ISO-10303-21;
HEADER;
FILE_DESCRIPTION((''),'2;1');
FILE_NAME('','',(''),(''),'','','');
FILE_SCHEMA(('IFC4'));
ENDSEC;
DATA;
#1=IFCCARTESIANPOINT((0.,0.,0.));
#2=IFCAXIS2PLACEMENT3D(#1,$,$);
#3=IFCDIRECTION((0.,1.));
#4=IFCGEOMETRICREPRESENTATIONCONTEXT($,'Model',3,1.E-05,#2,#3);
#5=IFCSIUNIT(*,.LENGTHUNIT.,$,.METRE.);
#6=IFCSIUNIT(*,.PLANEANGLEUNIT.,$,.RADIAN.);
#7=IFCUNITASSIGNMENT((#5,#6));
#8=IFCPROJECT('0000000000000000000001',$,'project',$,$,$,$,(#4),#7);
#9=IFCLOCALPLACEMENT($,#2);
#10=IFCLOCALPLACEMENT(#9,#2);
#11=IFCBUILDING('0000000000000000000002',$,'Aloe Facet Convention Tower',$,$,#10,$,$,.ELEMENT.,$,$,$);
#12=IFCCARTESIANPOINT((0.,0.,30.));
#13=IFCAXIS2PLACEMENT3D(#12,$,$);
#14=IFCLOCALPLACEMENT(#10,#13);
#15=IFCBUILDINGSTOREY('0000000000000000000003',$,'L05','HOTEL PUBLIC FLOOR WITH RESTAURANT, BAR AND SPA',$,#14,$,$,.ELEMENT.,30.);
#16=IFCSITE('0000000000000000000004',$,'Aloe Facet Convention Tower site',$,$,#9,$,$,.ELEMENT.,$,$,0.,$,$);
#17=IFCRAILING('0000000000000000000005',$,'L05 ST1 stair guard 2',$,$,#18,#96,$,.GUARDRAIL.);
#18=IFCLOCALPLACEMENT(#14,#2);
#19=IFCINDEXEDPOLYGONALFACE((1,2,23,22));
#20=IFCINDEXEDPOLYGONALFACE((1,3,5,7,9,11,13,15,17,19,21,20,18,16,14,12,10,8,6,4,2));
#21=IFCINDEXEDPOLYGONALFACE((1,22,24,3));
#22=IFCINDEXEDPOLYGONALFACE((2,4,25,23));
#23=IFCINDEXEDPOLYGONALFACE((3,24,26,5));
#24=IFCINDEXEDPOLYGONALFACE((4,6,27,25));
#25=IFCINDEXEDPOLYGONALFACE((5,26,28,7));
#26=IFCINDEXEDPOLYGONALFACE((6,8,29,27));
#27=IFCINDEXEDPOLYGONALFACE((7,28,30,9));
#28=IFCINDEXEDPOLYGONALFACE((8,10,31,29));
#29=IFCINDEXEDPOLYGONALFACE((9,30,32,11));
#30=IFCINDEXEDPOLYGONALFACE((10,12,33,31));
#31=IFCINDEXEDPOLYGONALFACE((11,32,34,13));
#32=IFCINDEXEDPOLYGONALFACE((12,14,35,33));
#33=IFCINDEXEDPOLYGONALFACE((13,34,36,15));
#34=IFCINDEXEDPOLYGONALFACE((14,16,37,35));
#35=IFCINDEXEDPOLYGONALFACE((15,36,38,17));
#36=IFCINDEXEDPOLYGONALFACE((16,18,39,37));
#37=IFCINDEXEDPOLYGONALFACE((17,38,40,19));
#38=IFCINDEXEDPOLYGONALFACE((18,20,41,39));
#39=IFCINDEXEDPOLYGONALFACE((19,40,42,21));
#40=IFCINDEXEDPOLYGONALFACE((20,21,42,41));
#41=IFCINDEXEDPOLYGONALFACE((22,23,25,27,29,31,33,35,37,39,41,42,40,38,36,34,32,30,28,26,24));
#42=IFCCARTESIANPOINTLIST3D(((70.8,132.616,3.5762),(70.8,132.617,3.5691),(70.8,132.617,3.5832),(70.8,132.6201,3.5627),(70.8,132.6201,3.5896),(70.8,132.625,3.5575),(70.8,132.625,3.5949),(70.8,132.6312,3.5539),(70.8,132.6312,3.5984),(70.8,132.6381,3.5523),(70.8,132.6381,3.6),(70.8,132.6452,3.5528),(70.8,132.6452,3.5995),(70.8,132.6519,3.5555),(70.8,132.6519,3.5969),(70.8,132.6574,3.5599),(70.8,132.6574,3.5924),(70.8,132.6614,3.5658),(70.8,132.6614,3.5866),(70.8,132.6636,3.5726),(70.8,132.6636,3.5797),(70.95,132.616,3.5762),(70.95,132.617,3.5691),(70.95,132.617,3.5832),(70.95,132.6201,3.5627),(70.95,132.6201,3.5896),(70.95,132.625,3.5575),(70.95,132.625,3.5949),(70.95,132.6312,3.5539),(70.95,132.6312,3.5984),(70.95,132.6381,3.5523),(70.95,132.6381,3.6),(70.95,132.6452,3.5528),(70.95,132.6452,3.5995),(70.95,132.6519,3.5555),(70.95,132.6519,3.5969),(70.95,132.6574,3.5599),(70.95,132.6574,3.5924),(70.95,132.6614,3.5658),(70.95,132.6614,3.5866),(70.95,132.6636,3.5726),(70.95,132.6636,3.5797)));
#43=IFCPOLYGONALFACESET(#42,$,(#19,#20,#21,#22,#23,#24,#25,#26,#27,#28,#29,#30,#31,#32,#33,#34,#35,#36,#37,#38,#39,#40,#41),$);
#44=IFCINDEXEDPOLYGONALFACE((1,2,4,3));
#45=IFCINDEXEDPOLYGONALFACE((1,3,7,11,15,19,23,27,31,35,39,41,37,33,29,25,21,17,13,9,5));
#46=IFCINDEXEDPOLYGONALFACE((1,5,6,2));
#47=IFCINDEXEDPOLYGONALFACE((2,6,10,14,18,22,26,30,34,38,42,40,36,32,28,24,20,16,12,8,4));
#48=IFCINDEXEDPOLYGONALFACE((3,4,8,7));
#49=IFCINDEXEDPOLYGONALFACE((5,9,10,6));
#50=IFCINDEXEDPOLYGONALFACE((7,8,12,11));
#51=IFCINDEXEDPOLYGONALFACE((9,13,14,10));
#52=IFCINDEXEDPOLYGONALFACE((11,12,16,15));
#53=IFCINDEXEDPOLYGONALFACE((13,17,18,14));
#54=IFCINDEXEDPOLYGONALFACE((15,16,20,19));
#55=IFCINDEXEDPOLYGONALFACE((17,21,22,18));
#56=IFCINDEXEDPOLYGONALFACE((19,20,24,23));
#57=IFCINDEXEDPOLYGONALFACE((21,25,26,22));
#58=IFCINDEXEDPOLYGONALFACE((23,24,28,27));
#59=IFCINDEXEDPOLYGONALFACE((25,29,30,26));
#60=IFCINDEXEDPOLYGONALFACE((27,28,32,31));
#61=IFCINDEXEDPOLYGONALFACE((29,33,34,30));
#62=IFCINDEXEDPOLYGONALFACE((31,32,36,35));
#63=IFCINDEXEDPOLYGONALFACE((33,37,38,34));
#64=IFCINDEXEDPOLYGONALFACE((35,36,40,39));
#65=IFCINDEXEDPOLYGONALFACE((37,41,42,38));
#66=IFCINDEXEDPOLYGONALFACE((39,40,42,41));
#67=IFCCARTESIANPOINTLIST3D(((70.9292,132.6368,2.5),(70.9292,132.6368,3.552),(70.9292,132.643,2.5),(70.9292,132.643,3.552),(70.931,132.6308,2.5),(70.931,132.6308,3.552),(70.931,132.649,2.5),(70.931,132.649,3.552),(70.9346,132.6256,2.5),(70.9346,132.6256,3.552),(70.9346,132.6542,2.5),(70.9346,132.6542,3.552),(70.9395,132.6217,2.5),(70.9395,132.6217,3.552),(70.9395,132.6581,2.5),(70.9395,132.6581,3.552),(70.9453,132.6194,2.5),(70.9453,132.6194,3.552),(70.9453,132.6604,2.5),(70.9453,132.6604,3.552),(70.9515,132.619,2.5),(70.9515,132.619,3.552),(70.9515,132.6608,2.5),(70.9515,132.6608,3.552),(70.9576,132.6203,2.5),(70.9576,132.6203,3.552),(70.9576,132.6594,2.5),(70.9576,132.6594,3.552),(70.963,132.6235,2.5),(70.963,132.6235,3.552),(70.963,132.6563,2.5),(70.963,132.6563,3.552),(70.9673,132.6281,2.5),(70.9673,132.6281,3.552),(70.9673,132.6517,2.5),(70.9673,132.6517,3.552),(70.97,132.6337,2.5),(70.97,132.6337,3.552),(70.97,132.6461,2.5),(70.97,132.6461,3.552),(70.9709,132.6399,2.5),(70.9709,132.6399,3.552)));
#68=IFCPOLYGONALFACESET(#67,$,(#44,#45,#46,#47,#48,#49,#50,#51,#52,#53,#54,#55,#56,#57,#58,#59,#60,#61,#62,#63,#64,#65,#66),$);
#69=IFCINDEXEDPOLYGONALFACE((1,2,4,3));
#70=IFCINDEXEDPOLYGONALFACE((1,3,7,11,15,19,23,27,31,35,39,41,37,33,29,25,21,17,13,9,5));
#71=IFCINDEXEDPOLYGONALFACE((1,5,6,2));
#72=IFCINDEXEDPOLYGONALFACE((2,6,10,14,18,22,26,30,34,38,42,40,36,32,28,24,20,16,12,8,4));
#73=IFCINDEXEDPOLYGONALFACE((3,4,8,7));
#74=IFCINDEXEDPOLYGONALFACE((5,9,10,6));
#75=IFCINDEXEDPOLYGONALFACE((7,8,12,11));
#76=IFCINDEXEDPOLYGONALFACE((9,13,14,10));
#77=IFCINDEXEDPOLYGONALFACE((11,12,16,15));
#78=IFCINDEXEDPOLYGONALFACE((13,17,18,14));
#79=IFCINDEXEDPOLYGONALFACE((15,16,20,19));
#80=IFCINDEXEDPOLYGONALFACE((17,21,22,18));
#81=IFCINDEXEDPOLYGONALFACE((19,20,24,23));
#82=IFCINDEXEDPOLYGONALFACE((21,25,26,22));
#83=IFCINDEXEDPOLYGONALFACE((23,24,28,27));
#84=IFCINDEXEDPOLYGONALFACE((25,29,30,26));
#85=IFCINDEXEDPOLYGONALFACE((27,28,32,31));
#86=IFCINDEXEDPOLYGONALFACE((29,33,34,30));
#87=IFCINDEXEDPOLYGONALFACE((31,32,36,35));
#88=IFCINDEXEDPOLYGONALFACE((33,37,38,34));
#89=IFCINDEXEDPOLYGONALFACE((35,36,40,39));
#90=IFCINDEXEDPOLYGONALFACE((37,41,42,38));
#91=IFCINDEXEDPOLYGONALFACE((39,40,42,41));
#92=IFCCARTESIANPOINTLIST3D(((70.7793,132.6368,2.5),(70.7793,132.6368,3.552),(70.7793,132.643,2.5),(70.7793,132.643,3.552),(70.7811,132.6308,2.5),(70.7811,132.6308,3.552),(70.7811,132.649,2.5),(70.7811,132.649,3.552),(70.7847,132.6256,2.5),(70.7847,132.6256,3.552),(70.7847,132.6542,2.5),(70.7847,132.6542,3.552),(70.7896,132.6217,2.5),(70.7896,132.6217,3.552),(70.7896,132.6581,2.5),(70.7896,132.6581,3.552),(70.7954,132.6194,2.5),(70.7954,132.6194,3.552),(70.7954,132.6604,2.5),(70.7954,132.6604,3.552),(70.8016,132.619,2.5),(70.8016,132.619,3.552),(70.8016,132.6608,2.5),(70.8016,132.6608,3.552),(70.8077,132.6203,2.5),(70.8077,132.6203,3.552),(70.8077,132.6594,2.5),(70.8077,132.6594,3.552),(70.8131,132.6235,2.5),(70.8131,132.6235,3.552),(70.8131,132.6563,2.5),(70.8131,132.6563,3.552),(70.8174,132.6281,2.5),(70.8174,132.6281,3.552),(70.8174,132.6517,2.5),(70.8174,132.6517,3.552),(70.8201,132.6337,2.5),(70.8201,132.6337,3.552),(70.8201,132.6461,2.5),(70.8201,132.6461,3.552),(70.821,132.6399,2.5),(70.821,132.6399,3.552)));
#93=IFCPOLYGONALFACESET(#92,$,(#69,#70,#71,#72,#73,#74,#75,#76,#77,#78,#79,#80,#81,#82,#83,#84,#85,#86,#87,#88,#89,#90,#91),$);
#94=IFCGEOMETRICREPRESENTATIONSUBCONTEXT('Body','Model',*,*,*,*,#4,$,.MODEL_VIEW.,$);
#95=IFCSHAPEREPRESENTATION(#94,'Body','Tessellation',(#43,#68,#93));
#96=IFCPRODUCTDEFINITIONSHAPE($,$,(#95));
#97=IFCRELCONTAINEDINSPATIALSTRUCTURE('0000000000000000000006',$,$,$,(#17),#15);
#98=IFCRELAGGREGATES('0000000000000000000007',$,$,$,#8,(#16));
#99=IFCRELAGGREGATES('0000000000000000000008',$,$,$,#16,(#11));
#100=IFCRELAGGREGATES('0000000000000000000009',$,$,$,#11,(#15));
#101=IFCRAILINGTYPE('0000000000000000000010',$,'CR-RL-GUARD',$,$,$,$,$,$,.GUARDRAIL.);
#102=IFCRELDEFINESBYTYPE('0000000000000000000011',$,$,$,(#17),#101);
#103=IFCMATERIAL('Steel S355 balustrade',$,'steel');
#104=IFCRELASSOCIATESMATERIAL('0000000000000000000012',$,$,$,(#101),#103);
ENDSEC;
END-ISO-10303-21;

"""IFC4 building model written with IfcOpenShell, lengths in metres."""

from ifc_helpers import new_model, si_unit, direction, frame, origin, origin_2d, place, context, subcontext, project, spatial, circle, extrude, material, type_object, element, save


model = new_model("IFC4")

# Units and contexts
model_context = context("Model", 3, precision=1e-05, world=origin(), true_north=direction((0.0, 1.0)))
body_context = subcontext(model_context, "Body", "Model", "MODEL_VIEW")
ifc_project = project(units=[si_unit("LENGTHUNIT", "METRE"), si_unit("PLANEANGLEUNIT", "RADIAN")], contexts=[model_context])

# Site, building, storey
site_placement = place(None, origin())
site = spatial("IfcSite", under=ifc_project, at=site_placement, Name="Aloe Facet Convention Tower site", CompositionType="ELEMENT", RefElevation=0.0)
building_placement = place(site_placement, origin())
building = spatial("IfcBuilding", under=site, at=building_placement, Name="Aloe Facet Convention Tower", CompositionType="ELEMENT")
storey_placement = place(building_placement, frame((0.0, 0.0, 30.0)))
storey = spatial("IfcBuildingStorey", under=building, at=storey_placement, Name="L05", Description="HOTEL PUBLIC FLOOR WITH RESTAURANT, BAR AND SPA", CompositionType="ELEMENT", Elevation=30.0)

# Railing
ifc_material_1 = material(Name="Steel S355 balustrade", Category="steel")
railing_type = type_object("IfcRailingType", Name="CR-RL-GUARD", PredefinedType="GUARDRAIL", material=ifc_material_1)
railing_1_placement = place(storey_placement, frame((70.95, 132.6399, 2.5)))
element("IfcRailing", 1, at=railing_1_placement, inside=storey, type_object=railing_type, Name="L05 ST1 stair guard 2", PredefinedType="GUARDRAIL", context=body_context, shape_type="SweptSolid", body=[
    extrude(circle(Radius=0.0239, at=origin_2d()), frame((0.0, 0.0, 1.0762), z_axis=(-1.0, 0.0, 0.0), x_axis=(0.0, -1.0, 0.0)), (0.0, 0.0, 1.0), 0.1499),
    extrude(circle(Radius=0.021, at=origin_2d()), origin(), (0.0, 0.0, 1.0), 1.052),
    extrude(circle(Radius=0.021, at=origin_2d()), frame((-0.1499, 0.0, 0.0)), (0.0, 0.0, 1.0), 1.052),
])

save(model, "model.ifc")
